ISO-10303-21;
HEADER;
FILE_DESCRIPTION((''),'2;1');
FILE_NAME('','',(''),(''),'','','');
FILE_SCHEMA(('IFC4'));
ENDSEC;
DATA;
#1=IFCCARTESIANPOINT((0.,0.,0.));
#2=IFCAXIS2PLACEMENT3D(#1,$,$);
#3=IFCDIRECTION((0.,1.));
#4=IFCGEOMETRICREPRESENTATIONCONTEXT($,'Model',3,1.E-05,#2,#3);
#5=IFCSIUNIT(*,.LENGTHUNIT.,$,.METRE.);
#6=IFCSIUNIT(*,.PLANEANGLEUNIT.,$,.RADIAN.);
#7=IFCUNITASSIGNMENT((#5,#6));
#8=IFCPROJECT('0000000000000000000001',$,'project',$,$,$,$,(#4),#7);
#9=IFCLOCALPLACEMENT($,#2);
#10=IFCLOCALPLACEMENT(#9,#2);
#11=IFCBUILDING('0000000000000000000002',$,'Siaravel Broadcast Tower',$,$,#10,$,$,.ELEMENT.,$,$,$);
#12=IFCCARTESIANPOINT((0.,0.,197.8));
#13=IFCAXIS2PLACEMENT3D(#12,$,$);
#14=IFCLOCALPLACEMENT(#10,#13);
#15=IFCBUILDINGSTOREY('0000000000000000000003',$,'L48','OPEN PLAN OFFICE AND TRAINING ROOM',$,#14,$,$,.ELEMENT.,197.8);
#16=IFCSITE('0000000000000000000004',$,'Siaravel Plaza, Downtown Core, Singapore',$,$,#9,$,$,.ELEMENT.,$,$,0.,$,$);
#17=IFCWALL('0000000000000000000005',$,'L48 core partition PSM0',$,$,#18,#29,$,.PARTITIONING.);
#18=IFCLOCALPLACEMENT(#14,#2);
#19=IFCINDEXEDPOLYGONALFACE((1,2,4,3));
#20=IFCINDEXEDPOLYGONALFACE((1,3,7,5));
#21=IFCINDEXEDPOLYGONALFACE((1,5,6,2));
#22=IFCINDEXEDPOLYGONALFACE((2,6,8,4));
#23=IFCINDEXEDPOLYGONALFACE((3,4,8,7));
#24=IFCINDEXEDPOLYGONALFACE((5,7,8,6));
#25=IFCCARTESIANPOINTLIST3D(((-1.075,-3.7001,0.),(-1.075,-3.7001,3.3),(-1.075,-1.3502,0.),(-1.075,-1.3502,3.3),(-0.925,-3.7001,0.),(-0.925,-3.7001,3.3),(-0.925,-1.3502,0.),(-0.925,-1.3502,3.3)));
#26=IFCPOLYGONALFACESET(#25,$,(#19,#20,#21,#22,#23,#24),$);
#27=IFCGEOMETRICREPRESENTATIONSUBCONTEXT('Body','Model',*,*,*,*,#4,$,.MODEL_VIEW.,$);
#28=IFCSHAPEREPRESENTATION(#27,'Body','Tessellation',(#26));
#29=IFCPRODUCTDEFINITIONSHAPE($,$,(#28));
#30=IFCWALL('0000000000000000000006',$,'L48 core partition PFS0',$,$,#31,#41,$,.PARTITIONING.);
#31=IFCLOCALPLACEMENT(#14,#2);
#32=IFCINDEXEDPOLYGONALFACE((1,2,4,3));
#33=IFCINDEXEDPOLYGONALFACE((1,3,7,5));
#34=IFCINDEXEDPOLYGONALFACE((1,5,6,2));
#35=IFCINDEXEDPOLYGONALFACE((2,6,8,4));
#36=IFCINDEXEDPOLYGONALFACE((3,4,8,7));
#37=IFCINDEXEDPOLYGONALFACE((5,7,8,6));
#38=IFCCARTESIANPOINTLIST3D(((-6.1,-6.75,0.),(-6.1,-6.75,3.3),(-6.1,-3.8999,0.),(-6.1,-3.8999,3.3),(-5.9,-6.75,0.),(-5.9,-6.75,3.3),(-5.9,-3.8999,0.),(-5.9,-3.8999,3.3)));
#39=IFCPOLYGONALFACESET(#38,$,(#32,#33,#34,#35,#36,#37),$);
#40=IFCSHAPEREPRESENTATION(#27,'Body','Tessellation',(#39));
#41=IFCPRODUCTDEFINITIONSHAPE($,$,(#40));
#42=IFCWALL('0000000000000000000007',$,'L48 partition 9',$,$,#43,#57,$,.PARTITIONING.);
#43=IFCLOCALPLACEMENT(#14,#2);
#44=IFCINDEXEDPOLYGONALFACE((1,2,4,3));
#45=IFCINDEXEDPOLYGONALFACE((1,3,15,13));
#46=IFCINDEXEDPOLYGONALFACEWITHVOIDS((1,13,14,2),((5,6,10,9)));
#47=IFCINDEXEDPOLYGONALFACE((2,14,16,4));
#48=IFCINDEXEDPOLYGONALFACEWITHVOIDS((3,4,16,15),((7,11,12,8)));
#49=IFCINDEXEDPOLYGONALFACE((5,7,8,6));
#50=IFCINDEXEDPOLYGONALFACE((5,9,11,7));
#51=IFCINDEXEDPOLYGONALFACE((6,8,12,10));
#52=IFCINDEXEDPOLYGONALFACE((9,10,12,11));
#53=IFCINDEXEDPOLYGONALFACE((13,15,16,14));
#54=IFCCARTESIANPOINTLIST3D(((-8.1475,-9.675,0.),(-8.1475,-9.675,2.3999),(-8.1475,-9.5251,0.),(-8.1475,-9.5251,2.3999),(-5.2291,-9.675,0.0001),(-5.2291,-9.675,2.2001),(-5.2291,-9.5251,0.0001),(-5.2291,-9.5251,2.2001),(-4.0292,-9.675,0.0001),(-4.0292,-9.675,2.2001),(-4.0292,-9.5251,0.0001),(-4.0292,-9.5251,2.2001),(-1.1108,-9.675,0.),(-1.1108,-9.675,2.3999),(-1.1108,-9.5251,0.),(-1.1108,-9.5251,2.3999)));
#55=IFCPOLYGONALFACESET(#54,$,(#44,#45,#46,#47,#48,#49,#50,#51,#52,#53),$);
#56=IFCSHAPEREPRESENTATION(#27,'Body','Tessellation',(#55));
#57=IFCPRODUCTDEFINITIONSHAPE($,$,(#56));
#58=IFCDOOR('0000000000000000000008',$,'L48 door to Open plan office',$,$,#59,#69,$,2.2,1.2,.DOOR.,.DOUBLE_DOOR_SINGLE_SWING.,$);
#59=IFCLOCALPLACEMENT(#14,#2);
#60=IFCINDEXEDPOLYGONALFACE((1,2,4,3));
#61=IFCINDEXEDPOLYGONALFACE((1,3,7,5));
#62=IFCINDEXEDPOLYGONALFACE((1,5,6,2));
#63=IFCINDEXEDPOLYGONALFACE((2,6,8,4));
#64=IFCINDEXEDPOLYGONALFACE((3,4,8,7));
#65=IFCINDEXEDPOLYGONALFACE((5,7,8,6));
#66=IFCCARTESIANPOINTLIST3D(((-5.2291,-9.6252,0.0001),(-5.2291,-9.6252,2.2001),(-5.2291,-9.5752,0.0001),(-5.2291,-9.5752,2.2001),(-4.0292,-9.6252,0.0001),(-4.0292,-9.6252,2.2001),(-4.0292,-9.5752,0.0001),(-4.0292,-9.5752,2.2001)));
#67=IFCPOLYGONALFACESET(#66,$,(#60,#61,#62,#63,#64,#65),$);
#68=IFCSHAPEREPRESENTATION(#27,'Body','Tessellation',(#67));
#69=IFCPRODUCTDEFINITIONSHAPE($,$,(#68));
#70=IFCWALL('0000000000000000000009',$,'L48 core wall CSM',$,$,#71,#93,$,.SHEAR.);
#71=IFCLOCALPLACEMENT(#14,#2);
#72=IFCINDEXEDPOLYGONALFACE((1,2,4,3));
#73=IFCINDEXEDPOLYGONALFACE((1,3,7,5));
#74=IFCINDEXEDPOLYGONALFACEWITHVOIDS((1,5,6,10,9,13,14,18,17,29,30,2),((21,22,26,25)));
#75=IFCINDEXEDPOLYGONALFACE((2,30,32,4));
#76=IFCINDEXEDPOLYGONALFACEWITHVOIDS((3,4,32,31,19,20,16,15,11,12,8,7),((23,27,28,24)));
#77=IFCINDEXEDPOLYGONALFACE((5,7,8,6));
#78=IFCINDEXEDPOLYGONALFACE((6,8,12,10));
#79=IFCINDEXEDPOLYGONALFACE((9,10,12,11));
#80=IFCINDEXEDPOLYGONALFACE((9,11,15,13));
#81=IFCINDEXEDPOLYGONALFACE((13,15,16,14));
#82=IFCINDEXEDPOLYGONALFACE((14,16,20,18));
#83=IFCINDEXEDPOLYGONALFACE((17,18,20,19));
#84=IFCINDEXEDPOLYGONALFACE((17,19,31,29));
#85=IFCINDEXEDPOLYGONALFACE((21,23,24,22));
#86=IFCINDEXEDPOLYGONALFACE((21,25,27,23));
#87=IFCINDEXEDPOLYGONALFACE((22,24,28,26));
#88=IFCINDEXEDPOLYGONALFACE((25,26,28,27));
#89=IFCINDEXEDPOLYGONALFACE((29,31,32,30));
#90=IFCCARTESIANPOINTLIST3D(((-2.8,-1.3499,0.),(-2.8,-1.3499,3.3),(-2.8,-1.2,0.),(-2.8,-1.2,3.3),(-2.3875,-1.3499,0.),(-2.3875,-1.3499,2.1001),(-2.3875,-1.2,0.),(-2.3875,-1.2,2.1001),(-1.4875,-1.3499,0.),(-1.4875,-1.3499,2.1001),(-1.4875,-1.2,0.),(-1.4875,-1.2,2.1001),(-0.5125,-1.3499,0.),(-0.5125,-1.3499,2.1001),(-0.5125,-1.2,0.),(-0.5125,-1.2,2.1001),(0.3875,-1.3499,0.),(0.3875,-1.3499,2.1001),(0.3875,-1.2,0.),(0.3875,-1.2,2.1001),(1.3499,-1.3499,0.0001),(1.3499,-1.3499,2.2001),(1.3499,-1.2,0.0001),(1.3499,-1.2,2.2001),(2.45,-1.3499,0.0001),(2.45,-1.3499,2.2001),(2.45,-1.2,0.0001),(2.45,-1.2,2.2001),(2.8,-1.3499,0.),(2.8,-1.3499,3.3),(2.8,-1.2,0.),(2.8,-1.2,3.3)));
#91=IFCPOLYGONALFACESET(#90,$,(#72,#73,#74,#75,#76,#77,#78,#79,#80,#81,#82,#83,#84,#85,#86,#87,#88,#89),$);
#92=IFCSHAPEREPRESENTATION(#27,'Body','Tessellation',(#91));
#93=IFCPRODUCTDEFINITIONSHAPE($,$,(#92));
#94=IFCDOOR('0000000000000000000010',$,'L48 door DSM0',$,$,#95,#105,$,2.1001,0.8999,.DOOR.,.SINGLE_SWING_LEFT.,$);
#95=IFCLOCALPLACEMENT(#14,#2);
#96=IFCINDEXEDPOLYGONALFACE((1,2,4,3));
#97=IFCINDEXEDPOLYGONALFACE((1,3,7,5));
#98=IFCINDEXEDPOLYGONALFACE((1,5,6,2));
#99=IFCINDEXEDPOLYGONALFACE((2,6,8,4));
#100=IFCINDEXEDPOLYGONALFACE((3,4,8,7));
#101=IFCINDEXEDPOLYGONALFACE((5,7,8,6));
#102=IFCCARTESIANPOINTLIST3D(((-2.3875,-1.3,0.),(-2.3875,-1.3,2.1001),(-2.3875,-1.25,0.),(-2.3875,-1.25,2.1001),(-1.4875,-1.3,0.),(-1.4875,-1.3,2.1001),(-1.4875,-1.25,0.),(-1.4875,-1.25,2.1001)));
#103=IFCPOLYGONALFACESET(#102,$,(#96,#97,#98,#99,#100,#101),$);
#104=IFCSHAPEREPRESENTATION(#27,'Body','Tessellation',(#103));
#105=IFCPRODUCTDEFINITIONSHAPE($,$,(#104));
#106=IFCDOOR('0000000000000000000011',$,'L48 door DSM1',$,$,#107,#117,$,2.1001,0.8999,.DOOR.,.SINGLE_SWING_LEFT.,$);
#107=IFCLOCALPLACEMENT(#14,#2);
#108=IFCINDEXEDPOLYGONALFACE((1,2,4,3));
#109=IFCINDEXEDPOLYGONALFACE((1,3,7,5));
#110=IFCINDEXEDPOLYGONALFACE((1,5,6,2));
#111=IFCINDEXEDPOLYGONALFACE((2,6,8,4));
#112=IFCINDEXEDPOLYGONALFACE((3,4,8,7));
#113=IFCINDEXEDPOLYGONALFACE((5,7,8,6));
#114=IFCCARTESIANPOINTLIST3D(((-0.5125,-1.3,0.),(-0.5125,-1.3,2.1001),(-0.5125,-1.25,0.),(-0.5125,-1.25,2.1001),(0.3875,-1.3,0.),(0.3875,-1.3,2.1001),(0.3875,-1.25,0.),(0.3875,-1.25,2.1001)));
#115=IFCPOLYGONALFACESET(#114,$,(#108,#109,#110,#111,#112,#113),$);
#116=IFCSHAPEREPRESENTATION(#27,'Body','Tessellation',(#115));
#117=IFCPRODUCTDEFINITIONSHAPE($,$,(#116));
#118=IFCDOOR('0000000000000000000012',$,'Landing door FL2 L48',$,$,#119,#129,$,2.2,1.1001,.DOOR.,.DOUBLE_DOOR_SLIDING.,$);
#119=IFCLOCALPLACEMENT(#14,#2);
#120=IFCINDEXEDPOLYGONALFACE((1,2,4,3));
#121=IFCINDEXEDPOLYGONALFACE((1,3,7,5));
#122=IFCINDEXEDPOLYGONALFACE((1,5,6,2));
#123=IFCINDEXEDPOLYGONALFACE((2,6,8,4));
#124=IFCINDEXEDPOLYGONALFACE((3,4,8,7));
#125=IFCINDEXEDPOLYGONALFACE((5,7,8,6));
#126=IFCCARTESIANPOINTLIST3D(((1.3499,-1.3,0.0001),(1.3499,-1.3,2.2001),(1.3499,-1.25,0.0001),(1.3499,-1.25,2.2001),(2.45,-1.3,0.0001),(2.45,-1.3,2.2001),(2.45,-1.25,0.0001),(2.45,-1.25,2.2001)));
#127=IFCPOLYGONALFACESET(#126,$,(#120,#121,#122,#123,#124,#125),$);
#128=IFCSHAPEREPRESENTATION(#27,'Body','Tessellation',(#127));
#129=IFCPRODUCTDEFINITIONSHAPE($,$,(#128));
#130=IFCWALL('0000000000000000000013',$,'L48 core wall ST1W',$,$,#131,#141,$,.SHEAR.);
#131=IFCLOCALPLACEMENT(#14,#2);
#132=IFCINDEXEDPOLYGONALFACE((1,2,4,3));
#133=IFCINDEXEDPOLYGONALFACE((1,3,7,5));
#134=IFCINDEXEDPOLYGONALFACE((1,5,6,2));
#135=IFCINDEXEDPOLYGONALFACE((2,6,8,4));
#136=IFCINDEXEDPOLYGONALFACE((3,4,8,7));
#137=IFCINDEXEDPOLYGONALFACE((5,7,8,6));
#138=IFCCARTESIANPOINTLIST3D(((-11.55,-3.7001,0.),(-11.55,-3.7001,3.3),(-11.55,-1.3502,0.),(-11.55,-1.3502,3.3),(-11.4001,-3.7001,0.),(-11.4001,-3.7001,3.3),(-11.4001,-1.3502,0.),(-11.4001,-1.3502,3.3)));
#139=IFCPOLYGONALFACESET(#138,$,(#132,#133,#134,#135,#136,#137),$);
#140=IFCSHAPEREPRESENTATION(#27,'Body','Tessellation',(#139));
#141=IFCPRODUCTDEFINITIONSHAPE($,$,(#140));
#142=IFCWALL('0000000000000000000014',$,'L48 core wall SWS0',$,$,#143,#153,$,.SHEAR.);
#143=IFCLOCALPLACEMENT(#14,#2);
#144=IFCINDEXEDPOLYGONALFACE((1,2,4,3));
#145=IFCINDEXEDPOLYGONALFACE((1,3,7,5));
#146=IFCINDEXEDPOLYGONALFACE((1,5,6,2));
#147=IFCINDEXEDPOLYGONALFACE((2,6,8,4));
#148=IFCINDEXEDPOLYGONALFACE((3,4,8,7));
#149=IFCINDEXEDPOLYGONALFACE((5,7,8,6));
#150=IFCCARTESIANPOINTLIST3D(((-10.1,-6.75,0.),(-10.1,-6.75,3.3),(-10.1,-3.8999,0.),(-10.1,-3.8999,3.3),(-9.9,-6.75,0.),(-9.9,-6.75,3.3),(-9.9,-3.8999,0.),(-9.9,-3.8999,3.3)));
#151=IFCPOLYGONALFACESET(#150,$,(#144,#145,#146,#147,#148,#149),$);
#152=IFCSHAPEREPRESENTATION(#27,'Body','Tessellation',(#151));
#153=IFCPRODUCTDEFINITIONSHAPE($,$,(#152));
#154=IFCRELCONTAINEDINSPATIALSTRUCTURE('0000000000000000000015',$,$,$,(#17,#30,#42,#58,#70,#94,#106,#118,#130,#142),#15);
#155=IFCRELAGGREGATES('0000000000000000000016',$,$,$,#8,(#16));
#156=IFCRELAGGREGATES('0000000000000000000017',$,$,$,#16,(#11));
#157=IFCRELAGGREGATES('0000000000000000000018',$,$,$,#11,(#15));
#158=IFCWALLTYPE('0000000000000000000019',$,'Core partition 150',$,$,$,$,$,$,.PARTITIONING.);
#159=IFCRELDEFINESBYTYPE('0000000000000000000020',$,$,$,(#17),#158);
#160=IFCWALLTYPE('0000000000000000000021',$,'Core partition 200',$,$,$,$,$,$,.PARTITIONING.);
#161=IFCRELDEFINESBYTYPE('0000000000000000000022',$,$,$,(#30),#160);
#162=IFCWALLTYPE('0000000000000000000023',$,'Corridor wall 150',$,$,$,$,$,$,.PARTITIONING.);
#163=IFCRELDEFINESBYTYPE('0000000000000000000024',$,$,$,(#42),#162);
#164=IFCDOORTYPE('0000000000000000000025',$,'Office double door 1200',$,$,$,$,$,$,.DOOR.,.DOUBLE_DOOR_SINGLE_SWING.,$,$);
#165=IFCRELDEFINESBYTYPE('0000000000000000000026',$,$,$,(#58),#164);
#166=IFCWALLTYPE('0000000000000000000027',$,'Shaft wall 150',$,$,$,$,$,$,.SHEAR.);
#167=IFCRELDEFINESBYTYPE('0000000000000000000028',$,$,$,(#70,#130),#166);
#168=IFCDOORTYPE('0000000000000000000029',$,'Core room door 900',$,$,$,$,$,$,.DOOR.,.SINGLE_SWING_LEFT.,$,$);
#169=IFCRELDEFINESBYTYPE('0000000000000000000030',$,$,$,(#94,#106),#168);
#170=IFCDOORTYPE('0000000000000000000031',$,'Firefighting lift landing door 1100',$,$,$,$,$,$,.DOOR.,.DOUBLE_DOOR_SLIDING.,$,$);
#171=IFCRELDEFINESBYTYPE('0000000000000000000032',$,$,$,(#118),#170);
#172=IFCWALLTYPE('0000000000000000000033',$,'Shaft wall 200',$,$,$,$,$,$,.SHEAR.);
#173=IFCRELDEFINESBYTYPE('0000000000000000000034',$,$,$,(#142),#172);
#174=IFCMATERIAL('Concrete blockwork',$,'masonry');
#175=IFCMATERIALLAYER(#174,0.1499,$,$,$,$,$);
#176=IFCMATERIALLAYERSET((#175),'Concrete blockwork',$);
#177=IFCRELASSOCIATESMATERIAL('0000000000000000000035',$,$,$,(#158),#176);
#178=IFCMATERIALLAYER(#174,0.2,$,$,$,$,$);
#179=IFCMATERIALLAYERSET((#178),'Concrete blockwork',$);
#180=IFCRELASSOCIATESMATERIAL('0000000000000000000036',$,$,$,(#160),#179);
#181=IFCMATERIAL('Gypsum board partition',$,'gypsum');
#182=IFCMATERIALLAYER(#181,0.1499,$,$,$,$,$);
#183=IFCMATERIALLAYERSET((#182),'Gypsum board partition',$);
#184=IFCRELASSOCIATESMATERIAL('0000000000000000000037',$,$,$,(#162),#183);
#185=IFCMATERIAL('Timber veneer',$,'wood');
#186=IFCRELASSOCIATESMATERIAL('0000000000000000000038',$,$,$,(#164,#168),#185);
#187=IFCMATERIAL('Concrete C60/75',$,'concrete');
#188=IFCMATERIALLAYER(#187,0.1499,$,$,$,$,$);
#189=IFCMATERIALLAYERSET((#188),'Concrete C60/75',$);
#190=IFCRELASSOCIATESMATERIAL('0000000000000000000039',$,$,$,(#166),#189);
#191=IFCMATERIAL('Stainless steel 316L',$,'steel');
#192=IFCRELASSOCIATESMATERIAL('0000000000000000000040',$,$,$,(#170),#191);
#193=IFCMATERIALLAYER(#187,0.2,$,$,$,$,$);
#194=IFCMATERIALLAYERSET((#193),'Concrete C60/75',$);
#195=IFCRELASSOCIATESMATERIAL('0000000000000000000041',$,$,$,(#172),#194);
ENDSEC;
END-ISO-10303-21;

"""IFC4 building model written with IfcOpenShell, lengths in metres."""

from ifc_helpers import new_model, si_unit, direction, frame, frame_2d, origin, place, context, subcontext, project, spatial, rectangle, extrude, material, layer, layer_set, type_object, element, fill, save


model = new_model("IFC4")

# Units and contexts
model_context = context("Model", 3, precision=1e-05, world=origin(), true_north=direction((0.0, 1.0)))
body_context = subcontext(model_context, "Body", "Model", "MODEL_VIEW")
ifc_project = project(units=[si_unit("LENGTHUNIT", "METRE"), si_unit("PLANEANGLEUNIT", "RADIAN")], contexts=[model_context])

# Site, building, storey
site_placement = place(None, origin())
site = spatial("IfcSite", under=ifc_project, at=site_placement, Name="Siaravel Plaza, Downtown Core, Singapore", CompositionType="ELEMENT", RefElevation=0.0)
building_placement = place(site_placement, origin())
building = spatial("IfcBuilding", under=site, at=building_placement, Name="Siaravel Broadcast Tower", CompositionType="ELEMENT")
storey_placement = place(building_placement, frame((0.0, 0.0, 197.8)))
storey = spatial("IfcBuildingStorey", under=building, at=storey_placement, Name="L48", Description="OPEN PLAN OFFICE AND TRAINING ROOM", CompositionType="ELEMENT", Elevation=197.8)

# Walls
ifc_material_1 = material(Name="Concrete blockwork", Category="masonry")
ifc_layer_1 = layer(ifc_material_1, 0.1499)
ifc_layer_set_1 = layer_set([ifc_layer_1], Name="Concrete blockwork")
wall_type_1 = type_object("IfcWallType", Name="Core partition 150", PredefinedType="PARTITIONING", material=ifc_layer_set_1)
wall_1_placement = place(storey_placement, frame((-1.0, -3.7, 0.0), z_axis=(0.0, 0.0, 1.0), x_axis=(0.0, 1.0, 0.0)))
element("IfcWall", 1, at=wall_1_placement, inside=storey, type_object=wall_type_1, Name="L48 core partition PSM0", PredefinedType="PARTITIONING", context=body_context, shape_type="SweptSolid", body=[
    extrude(rectangle(XDim=2.3499, YDim=0.1499, at=frame_2d((1.1748, 0.0))), origin(), (0.0, 0.0, 1.0), 3.3),
])
ifc_layer_2 = layer(ifc_material_1, 0.2)
ifc_layer_set_2 = layer_set([ifc_layer_2], Name="Concrete blockwork")
wall_type_2 = type_object("IfcWallType", Name="Core partition 200", PredefinedType="PARTITIONING", material=ifc_layer_set_2)
wall_2_placement = place(storey_placement, frame((-6.0, -6.75, 0.0), z_axis=(0.0, 0.0, 1.0), x_axis=(0.0, 1.0, 0.0)))
element("IfcWall", 2, at=wall_2_placement, inside=storey, type_object=wall_type_2, Name="L48 core partition PFS0", PredefinedType="PARTITIONING", context=body_context, shape_type="SweptSolid", body=[
    extrude(rectangle(XDim=2.8501, YDim=0.2, at=frame_2d((1.425, 0.0))), origin(), (0.0, 0.0, 1.0), 3.3),
])

# Wall, opening, door
ifc_material_2 = material(Name="Gypsum board partition", Category="gypsum")
ifc_layer_3 = layer(ifc_material_2, 0.1499)
ifc_layer_set_3 = layer_set([ifc_layer_3], Name="Gypsum board partition")
wall_type_3 = type_object("IfcWallType", Name="Corridor wall 150", PredefinedType="PARTITIONING", material=ifc_layer_set_3)
wall_3_placement = place(storey_placement, frame((-8.1475, -9.6001, 0.0), z_axis=(0.0, 0.0, 1.0), x_axis=(1.0, 0.0, 0.0)))
wall_3 = element("IfcWall", 3, at=wall_3_placement, inside=storey, type_object=wall_type_3, Name="L48 partition 9", PredefinedType="PARTITIONING", context=body_context, shape_type="SweptSolid", body=[
    extrude(rectangle(XDim=7.0366, YDim=0.1499, at=frame_2d((3.5183, 0.0))), origin(), (0.0, 0.0, 1.0), 2.3999),
])
opening_1_placement = place(wall_3_placement, frame((2.9182, 0.0, 0.0)))
opening_1 = element("IfcOpeningElement", 4, at=opening_1_placement, cuts=wall_3, PredefinedType="OPENING", context=body_context, shape_type="SweptSolid", body=[
    extrude(rectangle(XDim=1.2, YDim=2.2, at=frame_2d((0.6001, 1.1001))), frame((0.0, 0.085, 0.0), z_axis=(0.0, -1.0, 0.0), x_axis=(1.0, 0.0, 0.0)), (0.0, 0.0, 1.0), 0.1699),
])
ifc_material_3 = material(Name="Timber veneer", Category="wood")
door_type_1 = type_object("IfcDoorType", Name="Office double door 1200", OperationType="DOUBLE_DOOR_SINGLE_SWING", PredefinedType="DOOR", material=ifc_material_3)
door_1_placement = place(opening_1_placement, origin())
door_1 = element("IfcDoor", 5, at=door_1_placement, inside=storey, type_object=door_type_1, Name="L48 door to Open plan office", OperationType="DOUBLE_DOOR_SINGLE_SWING", OverallHeight=2.2, OverallWidth=1.2, PredefinedType="DOOR", context=body_context, shape_type="SweptSolid", body=[
    extrude(rectangle(XDim=1.2, YDim=2.2, at=frame_2d((0.6001, 1.1001))), frame((0.0, 0.0249, 0.0), z_axis=(0.0, -1.0, 0.0), x_axis=(1.0, 0.0, 0.0)), (0.0, 0.0, 1.0), 0.05),
])
fill(opening_1, door_1)

# Wall, openings, doors
ifc_material_4 = material(Name="Concrete C60/75", Category="concrete")
ifc_layer_4 = layer(ifc_material_4, 0.1499)
ifc_layer_set_4 = layer_set([ifc_layer_4], Name="Concrete C60/75")
wall_type_4 = type_object("IfcWallType", Name="Shaft wall 150", PredefinedType="SHEAR", material=ifc_layer_set_4)
wall_4_placement = place(storey_placement, frame((-2.8, -1.2749, 0.0), z_axis=(0.0, 0.0, 1.0), x_axis=(1.0, 0.0, 0.0)))
wall_4 = element("IfcWall", 6, at=wall_4_placement, inside=storey, type_object=wall_type_4, Name="L48 core wall CSM", PredefinedType="SHEAR", context=body_context, shape_type="SweptSolid", body=[
    extrude(rectangle(XDim=5.6001, YDim=0.1499, at=frame_2d((2.8, 0.0))), origin(), (0.0, 0.0, 1.0), 3.3),
])
opening_2_placement = place(wall_4_placement, frame((4.1499, 0.0, 0.0)))
opening_2 = element("IfcOpeningElement", 7, at=opening_2_placement, cuts=wall_4, PredefinedType="OPENING", context=body_context, shape_type="SweptSolid", body=[
    extrude(rectangle(XDim=1.1001, YDim=2.2, at=frame_2d((0.55, 1.1001))), frame((0.0, 0.085, 0.0), z_axis=(0.0, -1.0, 0.0), x_axis=(1.0, 0.0, 0.0)), (0.0, 0.0, 1.0), 0.1699),
])
opening_3_placement = place(wall_4_placement, frame((0.4126, 0.0, 0.0)))
opening_3 = element("IfcOpeningElement", 8, at=opening_3_placement, cuts=wall_4, PredefinedType="OPENING", context=body_context, shape_type="SweptSolid", body=[
    extrude(rectangle(XDim=0.8999, YDim=2.1001, at=frame_2d((0.45, 1.05))), frame((0.0, 0.085, 0.0), z_axis=(0.0, -1.0, 0.0), x_axis=(1.0, 0.0, 0.0)), (0.0, 0.0, 1.0), 0.1699),
])
opening_4_placement = place(wall_4_placement, frame((2.2876, 0.0, 0.0)))
opening_4 = element("IfcOpeningElement", 9, at=opening_4_placement, cuts=wall_4, PredefinedType="OPENING", context=body_context, shape_type="SweptSolid", body=[
    extrude(rectangle(XDim=0.8999, YDim=2.1001, at=frame_2d((0.45, 1.05))), frame((0.0, 0.085, 0.0), z_axis=(0.0, -1.0, 0.0), x_axis=(1.0, 0.0, 0.0)), (0.0, 0.0, 1.0), 0.1699),
])
door_type_2 = type_object("IfcDoorType", Name="Core room door 900", OperationType="SINGLE_SWING_LEFT", PredefinedType="DOOR", material=ifc_material_3)
door_2_placement = place(opening_3_placement, origin())
door_2 = element("IfcDoor", 10, at=door_2_placement, inside=storey, type_object=door_type_2, Name="L48 door DSM0", OperationType="SINGLE_SWING_LEFT", OverallHeight=2.1001, OverallWidth=0.8999, PredefinedType="DOOR", context=body_context, shape_type="SweptSolid", body=[
    extrude(rectangle(XDim=0.8999, YDim=2.1001, at=frame_2d((0.45, 1.05))), frame((0.0, 0.0249, 0.0), z_axis=(0.0, -1.0, 0.0), x_axis=(1.0, 0.0, 0.0)), (0.0, 0.0, 1.0), 0.05),
])
fill(opening_3, door_2)
door_3_placement = place(opening_4_placement, origin())
door_3 = element("IfcDoor", 11, at=door_3_placement, inside=storey, type_object=door_type_2, Name="L48 door DSM1", OperationType="SINGLE_SWING_LEFT", OverallHeight=2.1001, OverallWidth=0.8999, PredefinedType="DOOR", context=body_context, shape_type="SweptSolid", body=[
    extrude(rectangle(XDim=0.8999, YDim=2.1001, at=frame_2d((0.45, 1.05))), frame((0.0, 0.0249, 0.0), z_axis=(0.0, -1.0, 0.0), x_axis=(1.0, 0.0, 0.0)), (0.0, 0.0, 1.0), 0.05),
])
fill(opening_4, door_3)
ifc_material_5 = material(Name="Stainless steel 316L", Category="steel")
door_type_3 = type_object("IfcDoorType", Name="Firefighting lift landing door 1100", OperationType="DOUBLE_DOOR_SLIDING", PredefinedType="DOOR", material=ifc_material_5)
door_4_placement = place(opening_2_placement, origin())
door_4 = element("IfcDoor", 12, at=door_4_placement, inside=storey, type_object=door_type_3, Name="Landing door FL2 L48", OperationType="DOUBLE_DOOR_SLIDING", OverallHeight=2.2, OverallWidth=1.1001, PredefinedType="DOOR", context=body_context, shape_type="SweptSolid", body=[
    extrude(rectangle(XDim=1.1001, YDim=2.2, at=frame_2d((0.55, 1.1001))), frame((0.0, 0.0249, 0.0), z_axis=(0.0, -1.0, 0.0), x_axis=(1.0, 0.0, 0.0)), (0.0, 0.0, 1.0), 0.05),
])
fill(opening_2, door_4)

# Walls
wall_5_placement = place(storey_placement, frame((-11.4751, -3.7, 0.0), z_axis=(0.0, 0.0, 1.0), x_axis=(0.0, 1.0, 0.0)))
element("IfcWall", 13, at=wall_5_placement, inside=storey, type_object=wall_type_4, Name="L48 core wall ST1W", PredefinedType="SHEAR", context=body_context, shape_type="SweptSolid", body=[
    extrude(rectangle(XDim=2.3499, YDim=0.1499, at=frame_2d((1.1748, 0.0))), origin(), (0.0, 0.0, 1.0), 3.3),
])
ifc_layer_5 = layer(ifc_material_4, 0.2)
ifc_layer_set_5 = layer_set([ifc_layer_5], Name="Concrete C60/75")
wall_type_5 = type_object("IfcWallType", Name="Shaft wall 200", PredefinedType="SHEAR", material=ifc_layer_set_5)
wall_6_placement = place(storey_placement, frame((-10.0, -6.75, 0.0), z_axis=(0.0, 0.0, 1.0), x_axis=(0.0, 1.0, 0.0)))
element("IfcWall", 14, at=wall_6_placement, inside=storey, type_object=wall_type_5, Name="L48 core wall SWS0", PredefinedType="SHEAR", context=body_context, shape_type="SweptSolid", body=[
    extrude(rectangle(XDim=2.8501, YDim=0.2, at=frame_2d((1.425, 0.0))), origin(), (0.0, 0.0, 1.0), 3.3),
])

save(model, "model.ifc")
